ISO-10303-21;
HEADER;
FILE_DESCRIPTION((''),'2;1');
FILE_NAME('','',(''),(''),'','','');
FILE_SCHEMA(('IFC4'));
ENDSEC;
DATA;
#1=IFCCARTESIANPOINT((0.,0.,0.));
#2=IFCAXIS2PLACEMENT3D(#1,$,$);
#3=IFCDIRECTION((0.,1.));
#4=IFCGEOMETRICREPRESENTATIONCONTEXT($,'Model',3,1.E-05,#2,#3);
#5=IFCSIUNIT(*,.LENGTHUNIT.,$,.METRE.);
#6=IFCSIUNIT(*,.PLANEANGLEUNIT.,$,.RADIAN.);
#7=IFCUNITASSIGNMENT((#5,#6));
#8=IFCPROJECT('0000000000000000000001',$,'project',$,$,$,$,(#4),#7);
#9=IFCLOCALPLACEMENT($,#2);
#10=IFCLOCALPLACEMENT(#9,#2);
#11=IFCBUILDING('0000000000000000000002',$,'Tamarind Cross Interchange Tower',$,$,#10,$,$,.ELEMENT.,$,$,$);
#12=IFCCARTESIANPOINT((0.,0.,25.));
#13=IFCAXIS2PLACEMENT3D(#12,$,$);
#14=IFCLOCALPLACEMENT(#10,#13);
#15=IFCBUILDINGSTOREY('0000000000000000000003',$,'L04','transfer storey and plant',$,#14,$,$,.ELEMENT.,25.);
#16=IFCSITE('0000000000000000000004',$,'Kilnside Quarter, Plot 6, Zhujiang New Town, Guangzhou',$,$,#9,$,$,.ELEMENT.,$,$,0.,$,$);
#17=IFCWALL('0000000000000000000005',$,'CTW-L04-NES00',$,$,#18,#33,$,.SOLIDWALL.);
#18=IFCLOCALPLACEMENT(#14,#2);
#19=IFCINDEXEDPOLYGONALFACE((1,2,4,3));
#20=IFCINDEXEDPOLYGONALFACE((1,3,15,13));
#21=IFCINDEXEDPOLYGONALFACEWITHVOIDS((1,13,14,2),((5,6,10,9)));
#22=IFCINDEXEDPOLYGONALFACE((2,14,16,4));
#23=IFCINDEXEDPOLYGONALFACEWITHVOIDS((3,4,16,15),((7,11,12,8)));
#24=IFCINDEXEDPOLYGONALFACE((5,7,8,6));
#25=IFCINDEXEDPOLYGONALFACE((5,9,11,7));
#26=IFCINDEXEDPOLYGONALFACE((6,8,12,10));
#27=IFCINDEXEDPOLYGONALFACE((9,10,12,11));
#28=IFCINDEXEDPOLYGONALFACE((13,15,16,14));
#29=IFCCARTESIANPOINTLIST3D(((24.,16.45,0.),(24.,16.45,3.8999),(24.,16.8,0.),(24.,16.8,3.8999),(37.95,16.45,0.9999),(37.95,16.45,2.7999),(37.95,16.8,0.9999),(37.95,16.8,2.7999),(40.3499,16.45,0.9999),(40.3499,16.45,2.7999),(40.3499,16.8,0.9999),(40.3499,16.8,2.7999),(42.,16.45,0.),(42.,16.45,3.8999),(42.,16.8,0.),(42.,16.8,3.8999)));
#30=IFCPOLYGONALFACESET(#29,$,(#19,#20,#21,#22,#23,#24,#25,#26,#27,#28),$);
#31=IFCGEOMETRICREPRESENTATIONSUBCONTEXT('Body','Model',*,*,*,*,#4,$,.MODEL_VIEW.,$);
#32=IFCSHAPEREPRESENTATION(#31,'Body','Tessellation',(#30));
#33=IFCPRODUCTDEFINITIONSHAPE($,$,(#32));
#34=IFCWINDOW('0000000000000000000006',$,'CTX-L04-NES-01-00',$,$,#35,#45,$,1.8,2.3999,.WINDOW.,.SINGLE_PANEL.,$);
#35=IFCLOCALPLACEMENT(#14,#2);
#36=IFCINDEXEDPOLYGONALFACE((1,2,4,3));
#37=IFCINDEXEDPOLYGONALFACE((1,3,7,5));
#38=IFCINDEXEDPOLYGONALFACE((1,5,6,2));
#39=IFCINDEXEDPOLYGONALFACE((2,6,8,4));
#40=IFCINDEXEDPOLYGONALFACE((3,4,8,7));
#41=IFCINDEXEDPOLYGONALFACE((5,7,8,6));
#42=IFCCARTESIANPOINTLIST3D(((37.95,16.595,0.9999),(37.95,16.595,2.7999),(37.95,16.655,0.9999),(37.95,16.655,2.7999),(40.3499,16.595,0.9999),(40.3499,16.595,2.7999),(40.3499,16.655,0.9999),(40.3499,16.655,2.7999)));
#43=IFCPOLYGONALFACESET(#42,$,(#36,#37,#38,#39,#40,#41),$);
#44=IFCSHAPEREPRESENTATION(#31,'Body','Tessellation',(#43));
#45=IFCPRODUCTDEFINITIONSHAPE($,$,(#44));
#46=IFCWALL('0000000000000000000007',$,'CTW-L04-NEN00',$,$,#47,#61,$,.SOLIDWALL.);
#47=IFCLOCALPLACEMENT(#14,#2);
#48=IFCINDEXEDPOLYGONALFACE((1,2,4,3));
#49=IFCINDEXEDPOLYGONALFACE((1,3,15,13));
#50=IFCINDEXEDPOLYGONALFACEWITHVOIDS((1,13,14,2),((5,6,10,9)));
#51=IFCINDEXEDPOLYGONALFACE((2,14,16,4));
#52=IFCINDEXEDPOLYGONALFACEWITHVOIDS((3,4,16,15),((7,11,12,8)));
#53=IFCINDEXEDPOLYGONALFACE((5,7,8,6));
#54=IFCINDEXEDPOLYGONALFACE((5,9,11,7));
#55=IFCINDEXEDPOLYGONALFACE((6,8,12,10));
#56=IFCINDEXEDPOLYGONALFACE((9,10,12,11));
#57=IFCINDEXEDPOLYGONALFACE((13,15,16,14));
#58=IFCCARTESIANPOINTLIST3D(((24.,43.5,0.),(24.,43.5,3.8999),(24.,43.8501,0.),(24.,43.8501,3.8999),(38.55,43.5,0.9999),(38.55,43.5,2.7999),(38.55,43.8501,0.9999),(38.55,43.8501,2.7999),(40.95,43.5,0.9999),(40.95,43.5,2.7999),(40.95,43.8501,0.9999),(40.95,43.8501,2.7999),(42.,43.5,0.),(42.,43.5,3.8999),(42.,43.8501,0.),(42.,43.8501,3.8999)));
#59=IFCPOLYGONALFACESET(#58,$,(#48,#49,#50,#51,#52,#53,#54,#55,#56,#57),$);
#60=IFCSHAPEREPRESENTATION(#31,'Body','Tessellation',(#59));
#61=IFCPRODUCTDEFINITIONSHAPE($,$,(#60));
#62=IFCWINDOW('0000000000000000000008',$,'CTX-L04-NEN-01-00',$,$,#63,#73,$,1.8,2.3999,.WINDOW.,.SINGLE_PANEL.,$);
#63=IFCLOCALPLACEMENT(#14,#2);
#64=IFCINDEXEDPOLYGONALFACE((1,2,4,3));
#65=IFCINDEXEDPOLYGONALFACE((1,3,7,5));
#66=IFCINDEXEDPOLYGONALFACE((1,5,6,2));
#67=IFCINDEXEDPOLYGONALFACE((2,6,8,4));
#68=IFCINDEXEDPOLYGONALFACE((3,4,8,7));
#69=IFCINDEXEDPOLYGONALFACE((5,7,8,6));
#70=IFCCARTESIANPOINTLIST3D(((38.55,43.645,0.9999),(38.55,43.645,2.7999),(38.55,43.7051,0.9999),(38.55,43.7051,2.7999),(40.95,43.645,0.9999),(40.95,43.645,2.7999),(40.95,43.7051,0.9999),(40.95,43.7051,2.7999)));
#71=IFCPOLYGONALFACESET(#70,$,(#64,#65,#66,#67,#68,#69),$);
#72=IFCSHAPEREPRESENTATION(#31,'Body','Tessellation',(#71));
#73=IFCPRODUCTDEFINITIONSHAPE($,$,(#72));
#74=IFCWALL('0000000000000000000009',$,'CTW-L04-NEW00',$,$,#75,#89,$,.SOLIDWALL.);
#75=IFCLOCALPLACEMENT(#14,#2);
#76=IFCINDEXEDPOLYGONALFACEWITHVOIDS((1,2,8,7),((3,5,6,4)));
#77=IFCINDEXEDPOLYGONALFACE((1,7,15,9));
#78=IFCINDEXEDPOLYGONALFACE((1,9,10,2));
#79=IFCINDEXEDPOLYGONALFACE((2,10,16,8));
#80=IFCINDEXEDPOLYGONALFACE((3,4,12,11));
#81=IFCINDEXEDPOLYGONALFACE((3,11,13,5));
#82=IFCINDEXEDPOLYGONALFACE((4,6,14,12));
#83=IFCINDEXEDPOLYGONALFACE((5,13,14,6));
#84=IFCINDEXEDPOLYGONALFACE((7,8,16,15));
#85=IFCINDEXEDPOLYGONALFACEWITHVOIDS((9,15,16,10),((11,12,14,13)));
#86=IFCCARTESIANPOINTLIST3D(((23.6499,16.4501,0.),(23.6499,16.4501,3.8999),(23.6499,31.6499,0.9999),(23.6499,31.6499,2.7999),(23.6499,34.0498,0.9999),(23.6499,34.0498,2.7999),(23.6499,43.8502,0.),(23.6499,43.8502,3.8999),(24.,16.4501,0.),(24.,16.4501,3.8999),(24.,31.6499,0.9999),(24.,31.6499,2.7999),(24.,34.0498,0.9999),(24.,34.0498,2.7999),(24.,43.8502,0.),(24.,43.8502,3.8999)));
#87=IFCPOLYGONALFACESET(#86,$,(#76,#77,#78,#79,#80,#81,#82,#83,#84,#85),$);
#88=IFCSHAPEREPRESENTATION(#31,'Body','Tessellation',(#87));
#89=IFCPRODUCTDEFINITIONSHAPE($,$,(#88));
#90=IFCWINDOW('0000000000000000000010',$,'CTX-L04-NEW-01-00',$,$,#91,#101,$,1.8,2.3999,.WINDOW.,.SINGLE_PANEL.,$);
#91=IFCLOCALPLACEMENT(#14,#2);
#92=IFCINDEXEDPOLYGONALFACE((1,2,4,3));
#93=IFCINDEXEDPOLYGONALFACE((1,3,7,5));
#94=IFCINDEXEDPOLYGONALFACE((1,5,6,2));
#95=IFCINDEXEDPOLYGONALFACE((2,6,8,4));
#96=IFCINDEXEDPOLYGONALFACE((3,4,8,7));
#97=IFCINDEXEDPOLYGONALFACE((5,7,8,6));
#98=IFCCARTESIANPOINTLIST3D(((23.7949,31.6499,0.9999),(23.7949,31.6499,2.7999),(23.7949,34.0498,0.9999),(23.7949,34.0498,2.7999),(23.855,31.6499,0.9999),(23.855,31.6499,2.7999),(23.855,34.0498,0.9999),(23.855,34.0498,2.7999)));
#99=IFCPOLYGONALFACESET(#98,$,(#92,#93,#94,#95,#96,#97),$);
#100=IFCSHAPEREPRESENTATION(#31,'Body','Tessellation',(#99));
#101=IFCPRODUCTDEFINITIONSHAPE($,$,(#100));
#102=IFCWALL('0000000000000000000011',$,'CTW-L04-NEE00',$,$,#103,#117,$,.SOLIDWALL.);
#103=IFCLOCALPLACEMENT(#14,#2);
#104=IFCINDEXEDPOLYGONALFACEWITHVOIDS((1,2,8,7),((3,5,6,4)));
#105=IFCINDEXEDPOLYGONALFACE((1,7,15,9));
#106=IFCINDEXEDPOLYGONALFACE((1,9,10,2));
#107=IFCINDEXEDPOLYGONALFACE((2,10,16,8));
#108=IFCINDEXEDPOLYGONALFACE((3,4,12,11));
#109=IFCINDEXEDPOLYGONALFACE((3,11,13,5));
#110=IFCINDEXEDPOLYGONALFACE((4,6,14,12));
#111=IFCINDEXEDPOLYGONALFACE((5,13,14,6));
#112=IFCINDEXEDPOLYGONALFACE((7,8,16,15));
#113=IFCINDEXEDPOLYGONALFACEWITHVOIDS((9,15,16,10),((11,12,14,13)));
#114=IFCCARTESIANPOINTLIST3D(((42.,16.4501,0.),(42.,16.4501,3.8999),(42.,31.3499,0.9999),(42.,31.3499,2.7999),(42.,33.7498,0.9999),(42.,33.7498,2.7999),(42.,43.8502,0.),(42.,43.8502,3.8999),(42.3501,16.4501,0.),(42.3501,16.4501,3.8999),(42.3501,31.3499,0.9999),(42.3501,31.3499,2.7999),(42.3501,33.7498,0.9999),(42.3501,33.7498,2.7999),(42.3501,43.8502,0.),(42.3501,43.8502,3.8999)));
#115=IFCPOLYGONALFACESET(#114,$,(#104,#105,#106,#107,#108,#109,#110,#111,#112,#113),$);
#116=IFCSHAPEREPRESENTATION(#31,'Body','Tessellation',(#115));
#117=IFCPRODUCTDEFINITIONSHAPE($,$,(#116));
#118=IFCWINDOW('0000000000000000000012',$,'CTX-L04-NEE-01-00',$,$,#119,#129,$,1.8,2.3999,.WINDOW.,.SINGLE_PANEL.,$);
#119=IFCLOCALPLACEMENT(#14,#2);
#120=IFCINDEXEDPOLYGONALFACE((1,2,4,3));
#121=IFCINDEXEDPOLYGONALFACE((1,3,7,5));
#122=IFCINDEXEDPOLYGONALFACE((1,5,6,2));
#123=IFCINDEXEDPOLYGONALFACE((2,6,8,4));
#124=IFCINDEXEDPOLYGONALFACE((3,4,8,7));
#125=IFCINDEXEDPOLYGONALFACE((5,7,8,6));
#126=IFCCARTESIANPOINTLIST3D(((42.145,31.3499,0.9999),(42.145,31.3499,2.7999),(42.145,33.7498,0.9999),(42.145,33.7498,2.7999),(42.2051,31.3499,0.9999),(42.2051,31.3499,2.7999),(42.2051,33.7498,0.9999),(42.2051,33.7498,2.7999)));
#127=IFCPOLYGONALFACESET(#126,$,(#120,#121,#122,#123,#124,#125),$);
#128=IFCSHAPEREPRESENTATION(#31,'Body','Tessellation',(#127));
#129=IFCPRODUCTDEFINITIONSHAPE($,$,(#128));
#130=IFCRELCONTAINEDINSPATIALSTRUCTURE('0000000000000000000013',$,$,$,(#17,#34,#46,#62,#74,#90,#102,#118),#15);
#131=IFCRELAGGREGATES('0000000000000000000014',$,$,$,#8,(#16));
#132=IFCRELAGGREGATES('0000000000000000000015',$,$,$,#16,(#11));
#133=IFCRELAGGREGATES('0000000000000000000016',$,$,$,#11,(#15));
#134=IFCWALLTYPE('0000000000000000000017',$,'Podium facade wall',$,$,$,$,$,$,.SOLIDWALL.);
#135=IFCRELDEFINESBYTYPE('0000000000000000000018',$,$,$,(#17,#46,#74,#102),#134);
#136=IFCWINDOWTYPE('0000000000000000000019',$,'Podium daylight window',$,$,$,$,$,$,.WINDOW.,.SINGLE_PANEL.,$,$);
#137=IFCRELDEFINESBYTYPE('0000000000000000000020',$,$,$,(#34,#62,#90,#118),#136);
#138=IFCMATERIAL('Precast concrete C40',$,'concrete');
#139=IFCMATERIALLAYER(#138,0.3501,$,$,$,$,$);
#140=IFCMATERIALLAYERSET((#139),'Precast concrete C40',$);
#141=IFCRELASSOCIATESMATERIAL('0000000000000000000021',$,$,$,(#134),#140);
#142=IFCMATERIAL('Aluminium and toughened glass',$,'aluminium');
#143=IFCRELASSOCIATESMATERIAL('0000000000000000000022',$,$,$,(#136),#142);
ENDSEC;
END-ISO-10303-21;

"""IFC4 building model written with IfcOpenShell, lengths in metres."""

from ifc_helpers import new_model, si_unit, direction, frame, frame_2d, origin, place, context, subcontext, project, spatial, rectangle, extrude, material, layer, layer_set, type_object, element, fill, save


model = new_model("IFC4")

# Units and contexts
model_context = context("Model", 3, precision=1e-05, world=origin(), true_north=direction((0.0, 1.0)))
body_context = subcontext(model_context, "Body", "Model", "MODEL_VIEW")
ifc_project = project(units=[si_unit("LENGTHUNIT", "METRE"), si_unit("PLANEANGLEUNIT", "RADIAN")], contexts=[model_context])

# Site, building, storey
site_placement = place(None, origin())
site = spatial("IfcSite", under=ifc_project, at=site_placement, Name="Kilnside Quarter, Plot 6, Zhujiang New Town, Guangzhou", CompositionType="ELEMENT", RefElevation=0.0)
building_placement = place(site_placement, origin())
building = spatial("IfcBuilding", under=site, at=building_placement, Name="Tamarind Cross Interchange Tower", CompositionType="ELEMENT")
storey_placement = place(building_placement, frame((0.0, 0.0, 25.0)))
storey = spatial("IfcBuildingStorey", under=building, at=storey_placement, Name="L04", Description="transfer storey and plant", CompositionType="ELEMENT", Elevation=25.0)

# Shared definitions
ifc_material_1 = material(Name="Precast concrete C40", Category="concrete")

# Walls, openings, windows
ifc_layer_1 = layer(ifc_material_1, 0.3501)
ifc_layer_set_1 = layer_set([ifc_layer_1], Name="Precast concrete C40")
wall_type_1 = type_object("IfcWallType", Name="Podium facade wall", PredefinedType="SOLIDWALL", material=ifc_layer_set_1)
wall_1_placement = place(storey_placement, frame((24.0, 16.625, 0.0), z_axis=(0.0, 0.0, 1.0), x_axis=(1.0, 0.0, 0.0)))
wall_1 = element("IfcWall", 1, at=wall_1_placement, inside=storey, type_object=wall_type_1, Name="CTW-L04-NES00", PredefinedType="SOLIDWALL", context=body_context, shape_type="SweptSolid", body=[
    extrude(rectangle(XDim=18.0, YDim=0.3501, at=frame_2d((9.0, 0.0))), origin(), (0.0, 0.0, 1.0), 3.8999),
])
opening_1_placement = place(wall_1_placement, frame((13.95, 0.0, 1.0)))
opening_1 = element("IfcOpeningElement", 2, at=opening_1_placement, cuts=wall_1, PredefinedType="OPENING", context=body_context, shape_type="SweptSolid", body=[
    extrude(rectangle(XDim=2.3999, YDim=1.8, at=frame_2d((1.2, 0.8999))), frame((0.0, 0.1851, 0.0), z_axis=(0.0, -1.0, 0.0), x_axis=(1.0, 0.0, 0.0)), (0.0, 0.0, 1.0), 0.3701),
])
ifc_material_2 = material(Name="Aluminium and toughened glass", Category="aluminium")
window_type_1 = type_object("IfcWindowType", Name="Podium daylight window", PartitioningType="SINGLE_PANEL", PredefinedType="WINDOW", material=ifc_material_2)
window_1_placement = place(opening_1_placement, origin())
window_1 = element("IfcWindow", 3, at=window_1_placement, inside=storey, type_object=window_type_1, Name="CTX-L04-NES-01-00", OverallHeight=1.8, OverallWidth=2.3999, PartitioningType="SINGLE_PANEL", PredefinedType="WINDOW", context=body_context, shape_type="SweptSolid", body=[
    extrude(rectangle(XDim=2.3999, YDim=1.8, at=frame_2d((1.2, 0.8999))), frame((0.0, 0.03, 0.0), z_axis=(0.0, -1.0, 0.0), x_axis=(1.0, 0.0, 0.0)), (0.0, 0.0, 1.0), 0.0601),
])
fill(opening_1, window_1)
wall_2_placement = place(storey_placement, frame((24.0, 43.675, 0.0), z_axis=(0.0, 0.0, 1.0), x_axis=(1.0, 0.0, 0.0)))
wall_2 = element("IfcWall", 4, at=wall_2_placement, inside=storey, type_object=wall_type_1, Name="CTW-L04-NEN00", PredefinedType="SOLIDWALL", context=body_context, shape_type="SweptSolid", body=[
    extrude(rectangle(XDim=18.0, YDim=0.3501, at=frame_2d((9.0, 0.0))), origin(), (0.0, 0.0, 1.0), 3.8999),
])
opening_2_placement = place(wall_2_placement, frame((14.55, 0.0, 1.0)))
opening_2 = element("IfcOpeningElement", 5, at=opening_2_placement, cuts=wall_2, PredefinedType="OPENING", context=body_context, shape_type="SweptSolid", body=[
    extrude(rectangle(XDim=2.3999, YDim=1.8, at=frame_2d((1.2, 0.8999))), frame((0.0, 0.1851, 0.0), z_axis=(0.0, -1.0, 0.0), x_axis=(1.0, 0.0, 0.0)), (0.0, 0.0, 1.0), 0.3701),
])
window_2_placement = place(opening_2_placement, origin())
window_2 = element("IfcWindow", 6, at=window_2_placement, inside=storey, type_object=window_type_1, Name="CTX-L04-NEN-01-00", OverallHeight=1.8, OverallWidth=2.3999, PartitioningType="SINGLE_PANEL", PredefinedType="WINDOW", context=body_context, shape_type="SweptSolid", body=[
    extrude(rectangle(XDim=2.3999, YDim=1.8, at=frame_2d((1.2, 0.8999))), frame((0.0, 0.03, 0.0), z_axis=(0.0, -1.0, 0.0), x_axis=(1.0, 0.0, 0.0)), (0.0, 0.0, 1.0), 0.0601),
])
fill(opening_2, window_2)
wall_3_placement = place(storey_placement, frame((23.825, 16.45, 0.0), z_axis=(0.0, 0.0, 1.0), x_axis=(0.0, 1.0, 0.0)))
wall_3 = element("IfcWall", 7, at=wall_3_placement, inside=storey, type_object=wall_type_1, Name="CTW-L04-NEW00", PredefinedType="SOLIDWALL", context=body_context, shape_type="SweptSolid", body=[
    extrude(rectangle(XDim=27.4001, YDim=0.3501, at=frame_2d((13.7002, 0.0))), origin(), (0.0, 0.0, 1.0), 3.8999),
])
opening_3_placement = place(wall_3_placement, frame((15.2, 0.0, 1.0)))
opening_3 = element("IfcOpeningElement", 8, at=opening_3_placement, cuts=wall_3, PredefinedType="OPENING", context=body_context, shape_type="SweptSolid", body=[
    extrude(rectangle(XDim=2.3999, YDim=1.8, at=frame_2d((1.2, 0.8999))), frame((0.0, 0.1851, 0.0), z_axis=(0.0, -1.0, 0.0), x_axis=(1.0, 0.0, 0.0)), (0.0, 0.0, 1.0), 0.3701),
])
window_3_placement = place(opening_3_placement, origin())
window_3 = element("IfcWindow", 9, at=window_3_placement, inside=storey, type_object=window_type_1, Name="CTX-L04-NEW-01-00", OverallHeight=1.8, OverallWidth=2.3999, PartitioningType="SINGLE_PANEL", PredefinedType="WINDOW", context=body_context, shape_type="SweptSolid", body=[
    extrude(rectangle(XDim=2.3999, YDim=1.8, at=frame_2d((1.2, 0.8999))), frame((0.0, 0.03, 0.0), z_axis=(0.0, -1.0, 0.0), x_axis=(1.0, 0.0, 0.0)), (0.0, 0.0, 1.0), 0.0601),
])
fill(opening_3, window_3)
wall_4_placement = place(storey_placement, frame((42.175, 16.45, 0.0), z_axis=(0.0, 0.0, 1.0), x_axis=(0.0, 1.0, 0.0)))
wall_4 = element("IfcWall", 10, at=wall_4_placement, inside=storey, type_object=wall_type_1, Name="CTW-L04-NEE00", PredefinedType="SOLIDWALL", context=body_context, shape_type="SweptSolid", body=[
    extrude(rectangle(XDim=27.4001, YDim=0.3501, at=frame_2d((13.7002, 0.0))), origin(), (0.0, 0.0, 1.0), 3.8999),
])
opening_4_placement = place(wall_4_placement, frame((14.8999, 0.0, 1.0)))
opening_4 = element("IfcOpeningElement", 11, at=opening_4_placement, cuts=wall_4, PredefinedType="OPENING", context=body_context, shape_type="SweptSolid", body=[
    extrude(rectangle(XDim=2.3999, YDim=1.8, at=frame_2d((1.2, 0.8999))), frame((0.0, 0.1851, 0.0), z_axis=(0.0, -1.0, 0.0), x_axis=(1.0, 0.0, 0.0)), (0.0, 0.0, 1.0), 0.3701),
])
window_4_placement = place(opening_4_placement, origin())
window_4 = element("IfcWindow", 12, at=window_4_placement, inside=storey, type_object=window_type_1, Name="CTX-L04-NEE-01-00", OverallHeight=1.8, OverallWidth=2.3999, PartitioningType="SINGLE_PANEL", PredefinedType="WINDOW", context=body_context, shape_type="SweptSolid", body=[
    extrude(rectangle(XDim=2.3999, YDim=1.8, at=frame_2d((1.2, 0.8999))), frame((0.0, 0.03, 0.0), z_axis=(0.0, -1.0, 0.0), x_axis=(1.0, 0.0, 0.0)), (0.0, 0.0, 1.0), 0.0601),
])
fill(opening_4, window_4)

save(model, "model.ifc")
